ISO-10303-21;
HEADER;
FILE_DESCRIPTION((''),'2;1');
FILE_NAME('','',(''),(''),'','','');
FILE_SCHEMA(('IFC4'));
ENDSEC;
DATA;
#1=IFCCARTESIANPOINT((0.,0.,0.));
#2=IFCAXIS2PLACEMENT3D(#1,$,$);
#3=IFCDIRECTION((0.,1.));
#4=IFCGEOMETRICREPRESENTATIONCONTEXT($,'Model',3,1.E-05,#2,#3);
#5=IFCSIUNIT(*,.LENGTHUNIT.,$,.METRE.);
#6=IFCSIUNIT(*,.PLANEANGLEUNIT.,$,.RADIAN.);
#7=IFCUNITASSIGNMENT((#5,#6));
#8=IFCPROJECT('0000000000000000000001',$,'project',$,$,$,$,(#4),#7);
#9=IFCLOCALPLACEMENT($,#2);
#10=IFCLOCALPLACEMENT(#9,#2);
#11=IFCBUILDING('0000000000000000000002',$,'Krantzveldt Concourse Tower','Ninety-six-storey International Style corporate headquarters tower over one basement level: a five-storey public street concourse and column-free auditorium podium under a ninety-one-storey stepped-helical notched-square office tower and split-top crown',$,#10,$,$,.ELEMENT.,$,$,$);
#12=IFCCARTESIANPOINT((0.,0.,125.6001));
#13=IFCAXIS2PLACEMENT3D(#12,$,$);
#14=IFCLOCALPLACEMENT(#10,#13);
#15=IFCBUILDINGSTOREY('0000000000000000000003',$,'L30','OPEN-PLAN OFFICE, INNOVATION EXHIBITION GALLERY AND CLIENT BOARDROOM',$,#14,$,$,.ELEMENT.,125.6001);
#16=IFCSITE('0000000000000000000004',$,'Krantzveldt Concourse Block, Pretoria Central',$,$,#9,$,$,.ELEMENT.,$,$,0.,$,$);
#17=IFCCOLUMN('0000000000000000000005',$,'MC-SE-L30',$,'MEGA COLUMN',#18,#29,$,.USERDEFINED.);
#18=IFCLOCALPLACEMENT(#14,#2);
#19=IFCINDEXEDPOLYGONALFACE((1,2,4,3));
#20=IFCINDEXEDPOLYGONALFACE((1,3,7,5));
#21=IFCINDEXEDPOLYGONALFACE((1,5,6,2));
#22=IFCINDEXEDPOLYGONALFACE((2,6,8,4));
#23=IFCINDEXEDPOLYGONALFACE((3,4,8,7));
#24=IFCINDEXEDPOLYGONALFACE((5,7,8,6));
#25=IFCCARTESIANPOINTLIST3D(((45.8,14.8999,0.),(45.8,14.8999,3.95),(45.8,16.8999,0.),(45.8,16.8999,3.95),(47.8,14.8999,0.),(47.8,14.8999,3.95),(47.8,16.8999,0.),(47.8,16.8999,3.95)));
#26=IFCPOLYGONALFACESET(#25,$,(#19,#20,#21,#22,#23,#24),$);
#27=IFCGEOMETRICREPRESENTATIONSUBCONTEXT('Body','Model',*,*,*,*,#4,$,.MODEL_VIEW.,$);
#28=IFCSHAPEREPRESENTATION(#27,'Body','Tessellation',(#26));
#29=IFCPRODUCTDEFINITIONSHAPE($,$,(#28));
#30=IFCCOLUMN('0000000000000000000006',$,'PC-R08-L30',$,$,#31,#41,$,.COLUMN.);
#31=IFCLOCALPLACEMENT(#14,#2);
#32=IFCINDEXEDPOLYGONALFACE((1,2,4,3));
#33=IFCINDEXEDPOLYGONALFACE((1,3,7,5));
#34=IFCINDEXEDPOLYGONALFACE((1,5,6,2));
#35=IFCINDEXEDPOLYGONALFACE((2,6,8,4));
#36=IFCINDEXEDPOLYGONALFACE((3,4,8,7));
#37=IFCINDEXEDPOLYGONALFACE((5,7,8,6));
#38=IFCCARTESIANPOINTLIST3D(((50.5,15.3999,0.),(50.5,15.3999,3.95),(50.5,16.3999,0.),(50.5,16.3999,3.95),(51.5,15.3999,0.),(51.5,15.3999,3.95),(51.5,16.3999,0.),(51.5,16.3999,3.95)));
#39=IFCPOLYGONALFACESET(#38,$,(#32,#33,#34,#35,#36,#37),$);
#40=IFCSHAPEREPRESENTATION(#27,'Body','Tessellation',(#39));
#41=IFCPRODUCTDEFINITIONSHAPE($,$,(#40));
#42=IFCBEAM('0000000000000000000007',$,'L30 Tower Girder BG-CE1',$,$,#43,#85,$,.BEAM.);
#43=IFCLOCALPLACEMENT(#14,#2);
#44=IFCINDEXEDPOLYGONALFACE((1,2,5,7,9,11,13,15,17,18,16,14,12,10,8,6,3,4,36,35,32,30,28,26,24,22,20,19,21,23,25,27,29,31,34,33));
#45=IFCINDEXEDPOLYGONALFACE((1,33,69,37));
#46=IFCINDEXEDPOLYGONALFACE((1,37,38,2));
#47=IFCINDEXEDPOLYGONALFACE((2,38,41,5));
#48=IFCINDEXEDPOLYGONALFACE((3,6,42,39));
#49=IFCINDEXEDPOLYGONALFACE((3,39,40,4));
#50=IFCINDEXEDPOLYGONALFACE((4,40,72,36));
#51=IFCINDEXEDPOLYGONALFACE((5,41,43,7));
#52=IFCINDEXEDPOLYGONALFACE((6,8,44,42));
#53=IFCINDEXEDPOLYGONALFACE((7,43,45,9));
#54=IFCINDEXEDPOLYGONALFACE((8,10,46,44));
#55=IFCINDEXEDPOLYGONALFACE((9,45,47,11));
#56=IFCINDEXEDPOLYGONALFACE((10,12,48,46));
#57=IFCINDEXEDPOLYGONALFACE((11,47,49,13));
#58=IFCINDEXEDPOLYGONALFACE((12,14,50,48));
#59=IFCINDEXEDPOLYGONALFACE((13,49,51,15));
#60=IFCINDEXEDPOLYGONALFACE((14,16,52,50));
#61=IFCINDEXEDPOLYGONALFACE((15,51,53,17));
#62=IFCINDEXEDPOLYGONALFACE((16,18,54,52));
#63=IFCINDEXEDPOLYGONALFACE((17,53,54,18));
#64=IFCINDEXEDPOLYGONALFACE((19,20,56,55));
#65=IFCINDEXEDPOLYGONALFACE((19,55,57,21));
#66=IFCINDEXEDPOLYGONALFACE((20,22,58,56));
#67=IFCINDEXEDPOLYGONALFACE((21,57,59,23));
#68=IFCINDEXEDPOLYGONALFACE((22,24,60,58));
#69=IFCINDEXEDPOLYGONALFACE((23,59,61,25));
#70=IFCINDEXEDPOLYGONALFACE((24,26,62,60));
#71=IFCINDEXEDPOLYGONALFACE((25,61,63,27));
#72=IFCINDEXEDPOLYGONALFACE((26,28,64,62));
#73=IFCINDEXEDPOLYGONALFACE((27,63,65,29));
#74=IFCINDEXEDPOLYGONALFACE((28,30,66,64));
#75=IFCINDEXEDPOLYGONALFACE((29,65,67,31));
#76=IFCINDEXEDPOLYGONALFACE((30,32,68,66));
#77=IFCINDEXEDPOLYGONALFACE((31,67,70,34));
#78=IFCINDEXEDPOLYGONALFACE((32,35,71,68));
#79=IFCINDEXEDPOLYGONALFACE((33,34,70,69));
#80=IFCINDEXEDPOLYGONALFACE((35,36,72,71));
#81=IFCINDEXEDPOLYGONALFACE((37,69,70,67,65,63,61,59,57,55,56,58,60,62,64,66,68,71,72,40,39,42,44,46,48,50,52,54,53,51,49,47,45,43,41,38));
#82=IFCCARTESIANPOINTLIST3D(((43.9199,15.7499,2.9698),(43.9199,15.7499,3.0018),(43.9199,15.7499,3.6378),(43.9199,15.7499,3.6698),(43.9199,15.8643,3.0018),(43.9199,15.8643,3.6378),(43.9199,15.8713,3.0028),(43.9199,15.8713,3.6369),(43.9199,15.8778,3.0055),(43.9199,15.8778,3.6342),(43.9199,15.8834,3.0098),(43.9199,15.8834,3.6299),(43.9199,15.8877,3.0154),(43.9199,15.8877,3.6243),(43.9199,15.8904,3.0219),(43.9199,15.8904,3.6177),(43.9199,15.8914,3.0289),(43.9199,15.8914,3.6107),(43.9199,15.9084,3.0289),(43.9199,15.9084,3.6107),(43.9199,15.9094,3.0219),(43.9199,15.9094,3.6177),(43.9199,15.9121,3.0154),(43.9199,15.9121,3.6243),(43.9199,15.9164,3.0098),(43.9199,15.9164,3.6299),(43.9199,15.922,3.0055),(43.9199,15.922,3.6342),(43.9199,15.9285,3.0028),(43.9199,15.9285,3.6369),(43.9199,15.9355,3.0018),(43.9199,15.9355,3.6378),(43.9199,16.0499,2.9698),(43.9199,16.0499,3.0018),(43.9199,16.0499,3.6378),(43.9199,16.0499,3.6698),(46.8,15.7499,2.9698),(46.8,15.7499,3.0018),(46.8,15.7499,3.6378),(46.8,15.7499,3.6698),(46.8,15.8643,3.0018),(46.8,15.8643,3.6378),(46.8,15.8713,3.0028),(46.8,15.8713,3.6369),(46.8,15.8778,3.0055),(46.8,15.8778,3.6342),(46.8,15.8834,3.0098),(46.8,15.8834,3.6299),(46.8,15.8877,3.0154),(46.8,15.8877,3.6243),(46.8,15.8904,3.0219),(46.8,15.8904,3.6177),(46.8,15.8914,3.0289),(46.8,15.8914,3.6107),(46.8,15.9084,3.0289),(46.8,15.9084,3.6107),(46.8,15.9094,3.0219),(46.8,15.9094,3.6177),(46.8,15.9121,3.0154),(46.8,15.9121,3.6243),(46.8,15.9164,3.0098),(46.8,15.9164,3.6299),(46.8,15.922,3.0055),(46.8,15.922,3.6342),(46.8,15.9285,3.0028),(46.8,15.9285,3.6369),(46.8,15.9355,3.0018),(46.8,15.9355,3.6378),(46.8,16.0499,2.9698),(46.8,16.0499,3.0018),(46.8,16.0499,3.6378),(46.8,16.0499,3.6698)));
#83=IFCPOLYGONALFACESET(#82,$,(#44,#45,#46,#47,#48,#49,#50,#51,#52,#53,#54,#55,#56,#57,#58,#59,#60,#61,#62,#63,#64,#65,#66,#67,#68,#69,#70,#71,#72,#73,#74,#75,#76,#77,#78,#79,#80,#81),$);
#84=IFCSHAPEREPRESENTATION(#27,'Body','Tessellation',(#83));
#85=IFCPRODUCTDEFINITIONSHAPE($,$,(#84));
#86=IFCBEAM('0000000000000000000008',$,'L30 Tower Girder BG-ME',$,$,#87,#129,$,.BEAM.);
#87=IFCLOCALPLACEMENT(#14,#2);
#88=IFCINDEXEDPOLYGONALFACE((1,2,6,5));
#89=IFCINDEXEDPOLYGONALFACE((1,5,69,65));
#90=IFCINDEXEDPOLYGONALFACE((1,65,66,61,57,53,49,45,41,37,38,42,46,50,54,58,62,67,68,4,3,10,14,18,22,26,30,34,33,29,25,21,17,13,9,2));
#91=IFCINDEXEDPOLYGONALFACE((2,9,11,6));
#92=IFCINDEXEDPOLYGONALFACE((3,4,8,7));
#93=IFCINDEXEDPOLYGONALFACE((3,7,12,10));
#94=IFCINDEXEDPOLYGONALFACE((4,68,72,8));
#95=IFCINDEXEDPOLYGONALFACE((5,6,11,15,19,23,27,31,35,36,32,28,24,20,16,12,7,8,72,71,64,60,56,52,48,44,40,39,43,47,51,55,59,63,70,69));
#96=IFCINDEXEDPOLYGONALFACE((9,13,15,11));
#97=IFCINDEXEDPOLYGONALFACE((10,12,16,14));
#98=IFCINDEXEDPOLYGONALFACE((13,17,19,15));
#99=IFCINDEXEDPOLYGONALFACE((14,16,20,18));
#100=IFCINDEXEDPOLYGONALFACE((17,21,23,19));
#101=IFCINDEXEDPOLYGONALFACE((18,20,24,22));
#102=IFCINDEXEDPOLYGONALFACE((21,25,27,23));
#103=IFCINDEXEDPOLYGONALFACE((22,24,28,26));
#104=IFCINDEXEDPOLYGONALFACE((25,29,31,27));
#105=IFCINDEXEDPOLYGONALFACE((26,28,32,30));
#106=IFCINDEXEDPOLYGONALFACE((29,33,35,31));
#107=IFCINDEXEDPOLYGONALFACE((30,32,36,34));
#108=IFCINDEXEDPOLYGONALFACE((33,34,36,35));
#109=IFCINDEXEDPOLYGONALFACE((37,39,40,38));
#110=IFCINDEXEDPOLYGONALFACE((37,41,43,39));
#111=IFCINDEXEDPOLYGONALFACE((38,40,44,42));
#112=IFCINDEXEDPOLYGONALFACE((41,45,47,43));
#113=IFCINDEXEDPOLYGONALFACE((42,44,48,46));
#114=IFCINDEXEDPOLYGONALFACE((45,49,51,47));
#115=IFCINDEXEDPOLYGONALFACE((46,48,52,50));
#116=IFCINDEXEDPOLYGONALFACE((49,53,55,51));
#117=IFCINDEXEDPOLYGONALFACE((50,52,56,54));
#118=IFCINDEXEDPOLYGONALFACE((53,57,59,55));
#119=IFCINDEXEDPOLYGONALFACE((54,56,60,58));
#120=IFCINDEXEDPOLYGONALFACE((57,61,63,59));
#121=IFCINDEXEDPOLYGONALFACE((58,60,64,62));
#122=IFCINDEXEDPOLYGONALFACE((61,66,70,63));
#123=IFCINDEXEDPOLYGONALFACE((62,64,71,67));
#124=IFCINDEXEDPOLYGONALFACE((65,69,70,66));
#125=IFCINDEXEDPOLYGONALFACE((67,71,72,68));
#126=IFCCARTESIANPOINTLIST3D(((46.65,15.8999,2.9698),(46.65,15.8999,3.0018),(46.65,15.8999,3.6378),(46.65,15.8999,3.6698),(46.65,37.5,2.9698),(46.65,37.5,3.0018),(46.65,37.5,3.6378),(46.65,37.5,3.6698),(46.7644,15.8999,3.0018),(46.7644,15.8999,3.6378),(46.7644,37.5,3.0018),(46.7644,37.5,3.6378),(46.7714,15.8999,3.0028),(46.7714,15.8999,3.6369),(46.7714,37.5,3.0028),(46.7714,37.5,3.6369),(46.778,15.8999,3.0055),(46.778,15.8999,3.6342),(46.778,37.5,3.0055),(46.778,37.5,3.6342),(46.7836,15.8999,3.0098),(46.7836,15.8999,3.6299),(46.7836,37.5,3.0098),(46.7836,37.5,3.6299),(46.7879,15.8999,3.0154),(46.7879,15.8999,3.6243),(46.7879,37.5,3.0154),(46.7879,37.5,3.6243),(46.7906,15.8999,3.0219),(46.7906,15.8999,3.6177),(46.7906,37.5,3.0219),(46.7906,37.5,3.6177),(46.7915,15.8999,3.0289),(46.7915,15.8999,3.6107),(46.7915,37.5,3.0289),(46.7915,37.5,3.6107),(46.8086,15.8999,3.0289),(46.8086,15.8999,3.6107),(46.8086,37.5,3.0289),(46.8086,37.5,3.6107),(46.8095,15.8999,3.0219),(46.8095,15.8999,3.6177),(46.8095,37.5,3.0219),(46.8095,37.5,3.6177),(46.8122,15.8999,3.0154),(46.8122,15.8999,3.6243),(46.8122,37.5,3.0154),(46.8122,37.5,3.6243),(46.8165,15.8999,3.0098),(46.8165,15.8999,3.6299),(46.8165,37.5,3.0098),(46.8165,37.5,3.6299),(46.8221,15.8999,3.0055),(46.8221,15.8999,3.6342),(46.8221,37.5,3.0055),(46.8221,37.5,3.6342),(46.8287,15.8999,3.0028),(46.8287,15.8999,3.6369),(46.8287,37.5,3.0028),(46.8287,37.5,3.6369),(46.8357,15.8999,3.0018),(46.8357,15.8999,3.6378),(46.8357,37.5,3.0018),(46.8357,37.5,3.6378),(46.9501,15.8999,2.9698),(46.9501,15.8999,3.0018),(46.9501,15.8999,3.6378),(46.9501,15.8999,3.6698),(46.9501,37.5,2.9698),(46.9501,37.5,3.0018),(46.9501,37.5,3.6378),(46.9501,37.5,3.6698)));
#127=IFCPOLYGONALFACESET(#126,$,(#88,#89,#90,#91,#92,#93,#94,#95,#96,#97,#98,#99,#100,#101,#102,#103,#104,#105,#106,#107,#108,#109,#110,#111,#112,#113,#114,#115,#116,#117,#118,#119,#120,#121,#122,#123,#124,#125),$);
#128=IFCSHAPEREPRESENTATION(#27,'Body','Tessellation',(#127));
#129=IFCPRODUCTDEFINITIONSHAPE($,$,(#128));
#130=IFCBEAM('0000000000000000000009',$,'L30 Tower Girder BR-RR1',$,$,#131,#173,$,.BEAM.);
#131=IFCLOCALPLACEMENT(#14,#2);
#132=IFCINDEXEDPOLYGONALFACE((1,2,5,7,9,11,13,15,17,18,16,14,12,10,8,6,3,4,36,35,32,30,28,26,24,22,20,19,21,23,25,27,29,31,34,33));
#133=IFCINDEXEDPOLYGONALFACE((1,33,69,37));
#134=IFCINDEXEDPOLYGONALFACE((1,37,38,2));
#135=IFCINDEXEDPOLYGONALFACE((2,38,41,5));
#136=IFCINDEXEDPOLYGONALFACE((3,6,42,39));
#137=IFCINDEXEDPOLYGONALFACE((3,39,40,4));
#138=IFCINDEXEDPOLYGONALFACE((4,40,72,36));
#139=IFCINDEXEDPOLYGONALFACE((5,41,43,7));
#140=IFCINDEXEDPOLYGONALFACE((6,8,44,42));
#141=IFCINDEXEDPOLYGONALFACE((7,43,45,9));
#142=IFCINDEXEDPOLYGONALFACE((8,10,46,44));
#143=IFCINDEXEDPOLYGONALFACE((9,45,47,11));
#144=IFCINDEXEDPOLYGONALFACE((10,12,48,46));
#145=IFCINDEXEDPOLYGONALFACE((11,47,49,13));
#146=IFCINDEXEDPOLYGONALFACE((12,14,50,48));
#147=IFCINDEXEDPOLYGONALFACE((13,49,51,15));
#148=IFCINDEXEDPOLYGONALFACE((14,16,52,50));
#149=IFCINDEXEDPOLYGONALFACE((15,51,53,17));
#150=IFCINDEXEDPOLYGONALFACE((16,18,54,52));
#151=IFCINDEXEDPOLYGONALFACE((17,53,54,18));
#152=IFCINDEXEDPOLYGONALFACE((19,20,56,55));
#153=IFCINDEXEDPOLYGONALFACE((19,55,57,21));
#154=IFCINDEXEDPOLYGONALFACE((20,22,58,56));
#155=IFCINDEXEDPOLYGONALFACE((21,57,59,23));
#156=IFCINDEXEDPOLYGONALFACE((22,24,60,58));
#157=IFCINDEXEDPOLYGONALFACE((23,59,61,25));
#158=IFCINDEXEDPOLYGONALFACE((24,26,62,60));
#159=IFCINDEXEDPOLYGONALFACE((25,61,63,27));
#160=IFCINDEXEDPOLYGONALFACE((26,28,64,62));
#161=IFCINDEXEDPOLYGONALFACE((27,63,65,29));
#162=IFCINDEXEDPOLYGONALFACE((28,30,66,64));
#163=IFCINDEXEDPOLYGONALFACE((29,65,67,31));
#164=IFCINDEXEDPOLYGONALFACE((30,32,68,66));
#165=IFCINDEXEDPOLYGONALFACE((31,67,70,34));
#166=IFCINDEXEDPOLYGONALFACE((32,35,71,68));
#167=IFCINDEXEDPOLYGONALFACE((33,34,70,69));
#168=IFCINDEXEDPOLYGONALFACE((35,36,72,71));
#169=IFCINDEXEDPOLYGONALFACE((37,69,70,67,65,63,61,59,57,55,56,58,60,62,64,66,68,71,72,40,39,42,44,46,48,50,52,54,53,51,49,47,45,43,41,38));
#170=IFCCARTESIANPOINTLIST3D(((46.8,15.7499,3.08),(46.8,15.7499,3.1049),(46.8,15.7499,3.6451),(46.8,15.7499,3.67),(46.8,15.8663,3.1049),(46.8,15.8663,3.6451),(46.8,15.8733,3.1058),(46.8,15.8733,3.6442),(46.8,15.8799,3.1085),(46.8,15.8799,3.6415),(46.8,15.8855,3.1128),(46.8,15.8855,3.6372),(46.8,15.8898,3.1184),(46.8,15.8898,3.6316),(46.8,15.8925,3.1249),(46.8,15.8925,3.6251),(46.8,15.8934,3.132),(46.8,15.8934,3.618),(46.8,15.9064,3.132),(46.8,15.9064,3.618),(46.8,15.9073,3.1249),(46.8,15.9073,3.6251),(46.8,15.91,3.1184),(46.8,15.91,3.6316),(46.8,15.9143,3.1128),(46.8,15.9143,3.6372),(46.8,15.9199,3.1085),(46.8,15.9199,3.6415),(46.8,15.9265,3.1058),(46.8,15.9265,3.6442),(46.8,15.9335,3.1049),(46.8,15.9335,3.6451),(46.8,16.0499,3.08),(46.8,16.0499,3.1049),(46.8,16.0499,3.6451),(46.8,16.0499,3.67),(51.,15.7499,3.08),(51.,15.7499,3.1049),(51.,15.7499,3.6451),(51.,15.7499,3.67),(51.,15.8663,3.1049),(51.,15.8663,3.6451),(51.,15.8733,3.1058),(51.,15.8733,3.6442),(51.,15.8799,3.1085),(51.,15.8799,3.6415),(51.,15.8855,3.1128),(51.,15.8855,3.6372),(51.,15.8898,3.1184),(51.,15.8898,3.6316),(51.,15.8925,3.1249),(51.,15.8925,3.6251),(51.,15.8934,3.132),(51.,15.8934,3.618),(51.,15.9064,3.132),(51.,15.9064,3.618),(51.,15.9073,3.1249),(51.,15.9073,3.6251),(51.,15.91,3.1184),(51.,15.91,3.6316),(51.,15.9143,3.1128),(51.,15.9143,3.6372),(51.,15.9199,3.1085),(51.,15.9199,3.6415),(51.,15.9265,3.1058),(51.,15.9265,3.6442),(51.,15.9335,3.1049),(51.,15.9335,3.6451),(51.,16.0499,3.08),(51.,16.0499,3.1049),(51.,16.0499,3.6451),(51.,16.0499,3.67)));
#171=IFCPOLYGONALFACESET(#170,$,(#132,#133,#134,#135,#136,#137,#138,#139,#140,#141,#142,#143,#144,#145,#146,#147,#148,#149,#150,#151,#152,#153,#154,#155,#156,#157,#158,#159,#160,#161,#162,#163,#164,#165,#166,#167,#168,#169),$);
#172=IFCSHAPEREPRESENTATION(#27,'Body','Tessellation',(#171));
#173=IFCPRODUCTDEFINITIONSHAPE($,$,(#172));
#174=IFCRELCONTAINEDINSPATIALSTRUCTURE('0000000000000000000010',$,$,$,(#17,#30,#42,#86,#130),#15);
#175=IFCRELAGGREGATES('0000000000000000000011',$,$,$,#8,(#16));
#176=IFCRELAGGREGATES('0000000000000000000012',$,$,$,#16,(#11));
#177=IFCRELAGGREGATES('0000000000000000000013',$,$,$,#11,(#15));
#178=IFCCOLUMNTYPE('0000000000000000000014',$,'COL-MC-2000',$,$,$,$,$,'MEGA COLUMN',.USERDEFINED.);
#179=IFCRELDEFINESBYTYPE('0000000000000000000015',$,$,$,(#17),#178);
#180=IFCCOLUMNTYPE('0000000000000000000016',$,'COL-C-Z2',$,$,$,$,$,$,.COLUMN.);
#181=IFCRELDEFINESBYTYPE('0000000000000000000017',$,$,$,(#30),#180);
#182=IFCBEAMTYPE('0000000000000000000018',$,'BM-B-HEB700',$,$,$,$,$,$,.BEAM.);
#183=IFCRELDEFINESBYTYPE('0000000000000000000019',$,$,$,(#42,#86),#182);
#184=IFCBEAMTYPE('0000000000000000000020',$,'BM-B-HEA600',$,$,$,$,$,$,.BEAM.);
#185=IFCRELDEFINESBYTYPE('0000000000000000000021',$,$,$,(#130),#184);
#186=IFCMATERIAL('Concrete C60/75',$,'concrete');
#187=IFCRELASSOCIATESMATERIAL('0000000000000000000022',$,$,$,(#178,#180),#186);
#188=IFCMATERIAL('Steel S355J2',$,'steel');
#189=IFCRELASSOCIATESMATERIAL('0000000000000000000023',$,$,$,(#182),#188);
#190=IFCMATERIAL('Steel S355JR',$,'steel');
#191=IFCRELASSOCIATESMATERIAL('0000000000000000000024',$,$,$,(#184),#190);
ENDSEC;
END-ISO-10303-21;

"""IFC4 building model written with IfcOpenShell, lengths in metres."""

from ifc_helpers import new_model, si_unit, direction, frame, origin, origin_2d, place, context, subcontext, project, spatial, rectangle, i_section, extrude, source, transform, mapped, material, material_profile, profile_set, type_object, type_shapes, element, save


model = new_model("IFC4")

# Units and contexts
model_context = context("Model", 3, precision=1e-05, world=origin(), true_north=direction((0.0, 1.0)))
body_context = subcontext(model_context, "Body", "Model", "MODEL_VIEW")
ifc_project = project(units=[si_unit("LENGTHUNIT", "METRE"), si_unit("PLANEANGLEUNIT", "RADIAN")], contexts=[model_context])

# Site, building, storey
site_placement = place(None, origin())
site = spatial("IfcSite", under=ifc_project, at=site_placement, Name="Krantzveldt Concourse Block, Pretoria Central", CompositionType="ELEMENT", RefElevation=0.0)
building_placement = place(site_placement, origin())
building = spatial("IfcBuilding", under=site, at=building_placement, Name="Krantzveldt Concourse Tower", Description="Ninety-six-storey International Style corporate headquarters tower over one basement level: a five-storey public street concourse and column-free auditorium podium under a ninety-one-storey stepped-helical notched-square office tower and split-top crown", CompositionType="ELEMENT")
storey_placement = place(building_placement, frame((0.0, 0.0, 125.6001)))
storey = spatial("IfcBuildingStorey", under=building, at=storey_placement, Name="L30", Description="OPEN-PLAN OFFICE, INNOVATION EXHIBITION GALLERY AND CLIENT BOARDROOM", CompositionType="ELEMENT", Elevation=125.6001)

# Columns
ifc_material_1 = material(Name="Concrete C60/75", Category="concrete")
ifc_material_profile_1 = material_profile(ifc_material_1, rectangle(XDim=2.0, YDim=2.0, at=origin_2d()), Name="Concrete C60/75", Category="concrete")
ifc_profile_set_1 = profile_set([ifc_material_profile_1], Name="Concrete C60/75 - RC 2000x2000")
column_type_1 = type_object("IfcColumnType", Name="COL-MC-2000", ElementType="MEGA COLUMN", PredefinedType="USERDEFINED", material=ifc_profile_set_1)
shared_shape_1 = source(origin(), body_context, "Body", "SweptSolid", [
    extrude(rectangle(XDim=2.0, YDim=2.0, at=origin_2d()), origin(), (0.0, 0.0, 1.0), 3.95),
])
type_shapes(column_type_1, [shared_shape_1])
column_1_placement = place(storey_placement, frame((46.8, 15.8999, 0.0), z_axis=(0.0, 0.0, 1.0), x_axis=(1.0, 0.0, 0.0)))
element("IfcColumn", 1, at=column_1_placement, inside=storey, type_object=column_type_1, Name="MC-SE-L30", ObjectType="MEGA COLUMN", PredefinedType="USERDEFINED", context=body_context, shape_type="MappedRepresentation", body=[
    mapped(shared_shape_1, transform((0.0, 0.0, 0.0), x_axis=(1.0, 0.0, 0.0), y_axis=(0.0, 1.0, 0.0), z_axis=(0.0, 0.0, 1.0), scale=1.0)),
])
ifc_material_profile_2 = material_profile(ifc_material_1, rectangle(XDim=1.0, YDim=1.0, at=origin_2d()), Name="Concrete C60/75", Category="concrete")
ifc_profile_set_2 = profile_set([ifc_material_profile_2], Name="Concrete C60/75 - RC 1000x1000")
column_type_2 = type_object("IfcColumnType", Name="COL-C-Z2", PredefinedType="COLUMN", material=ifc_profile_set_2)
shared_shape_2 = source(origin(), body_context, "Body", "SweptSolid", [
    extrude(rectangle(XDim=1.0, YDim=1.0, at=origin_2d()), origin(), (0.0, 0.0, 1.0), 3.95),
])
type_shapes(column_type_2, [shared_shape_2])
column_2_placement = place(storey_placement, frame((51.0, 15.8999, 0.0), z_axis=(0.0, 0.0, 1.0), x_axis=(1.0, 0.0, 0.0)))
element("IfcColumn", 2, at=column_2_placement, inside=storey, type_object=column_type_2, Name="PC-R08-L30", PredefinedType="COLUMN", context=body_context, shape_type="MappedRepresentation", body=[
    mapped(shared_shape_2, transform((0.0, 0.0, 0.0), x_axis=(1.0, 0.0, 0.0), y_axis=(0.0, 1.0, 0.0), z_axis=(0.0, 0.0, 1.0), scale=1.0)),
])

# Beams
ifc_material_2 = material(Name="Steel S355J2", Category="steel")
ifc_material_profile_3 = material_profile(ifc_material_2, i_section(OverallWidth=0.3, OverallDepth=0.7, WebThickness=0.0171, FlangeThickness=0.032, FilletRadius=0.0271, at=origin_2d()), Name="Steel S355J2", Category="steel")
ifc_profile_set_3 = profile_set([ifc_material_profile_3], Name="Steel S355J2 - HEB 700")
beam_type_1 = type_object("IfcBeamType", Name="BM-B-HEB700", PredefinedType="BEAM", material=ifc_profile_set_3)
shared_shape_3 = source(origin(), body_context, "Body", "SweptSolid", [
    extrude(i_section(OverallWidth=0.3, OverallDepth=0.7, WebThickness=0.0171, FlangeThickness=0.032, FilletRadius=0.0271, at=origin_2d()), origin(), (0.0, 0.0, 1.0), 2.8801),
])
beam_1_placement = place(storey_placement, frame((43.9199, 15.8999, 3.3198), z_axis=(1.0, 0.0, 0.0), x_axis=(0.0, 1.0, 0.0)))
element("IfcBeam", 3, at=beam_1_placement, inside=storey, type_object=beam_type_1, Name="L30 Tower Girder BG-CE1", PredefinedType="BEAM", context=body_context, shape_type="MappedRepresentation", body=[
    mapped(shared_shape_3, transform((0.0, 0.0, 0.0), x_axis=(1.0, 0.0, 0.0), y_axis=(0.0, 1.0, 0.0), z_axis=(0.0, 0.0, 1.0), scale=1.0)),
])
shared_shape_4 = source(origin(), body_context, "Body", "SweptSolid", [
    extrude(i_section(OverallWidth=0.3, OverallDepth=0.7, WebThickness=0.0171, FlangeThickness=0.032, FilletRadius=0.0271, at=origin_2d()), origin(), (0.0, 0.0, 1.0), 21.6001),
])
type_shapes(beam_type_1, [shared_shape_3, shared_shape_4])
beam_2_placement = place(storey_placement, frame((46.8, 15.8999, 3.3198), z_axis=(0.0, 1.0, 0.0), x_axis=(-1.0, 0.0, 0.0)))
element("IfcBeam", 4, at=beam_2_placement, inside=storey, type_object=beam_type_1, Name="L30 Tower Girder BG-ME", PredefinedType="BEAM", context=body_context, shape_type="MappedRepresentation", body=[
    mapped(shared_shape_4, transform((0.0, 0.0, 0.0), x_axis=(1.0, 0.0, 0.0), y_axis=(0.0, 1.0, 0.0), z_axis=(0.0, 0.0, 1.0), scale=1.0)),
])
ifc_material_3 = material(Name="Steel S355JR", Category="steel")
ifc_material_profile_4 = material_profile(ifc_material_3, i_section(OverallWidth=0.3, OverallDepth=0.5901, WebThickness=0.0129, FlangeThickness=0.0249, FilletRadius=0.0271, at=origin_2d()), Name="Steel S355JR", Category="steel")
ifc_profile_set_4 = profile_set([ifc_material_profile_4], Name="Steel S355JR - HEA 600")
beam_type_2 = type_object("IfcBeamType", Name="BM-B-HEA600", PredefinedType="BEAM", material=ifc_profile_set_4)
shared_shape_5 = source(origin(), body_context, "Body", "SweptSolid", [
    extrude(i_section(OverallWidth=0.3, OverallDepth=0.5901, WebThickness=0.0129, FlangeThickness=0.0249, FilletRadius=0.0271, at=origin_2d()), origin(), (0.0, 0.0, 1.0), 4.2),
])
beam_3_placement = place(storey_placement, frame((46.8, 15.8999, 3.375), z_axis=(1.0, 0.0, 0.0), x_axis=(0.0, 1.0, 0.0)))
element("IfcBeam", 5, at=beam_3_placement, inside=storey, type_object=beam_type_2, Name="L30 Tower Girder BR-RR1", PredefinedType="BEAM", context=body_context, shape_type="MappedRepresentation", body=[
    mapped(shared_shape_5, transform((0.0, 0.0, 0.0), x_axis=(1.0, 0.0, 0.0), y_axis=(0.0, 1.0, 0.0), z_axis=(0.0, 0.0, 1.0), scale=1.0)),
])

save(model, "model.ifc")
